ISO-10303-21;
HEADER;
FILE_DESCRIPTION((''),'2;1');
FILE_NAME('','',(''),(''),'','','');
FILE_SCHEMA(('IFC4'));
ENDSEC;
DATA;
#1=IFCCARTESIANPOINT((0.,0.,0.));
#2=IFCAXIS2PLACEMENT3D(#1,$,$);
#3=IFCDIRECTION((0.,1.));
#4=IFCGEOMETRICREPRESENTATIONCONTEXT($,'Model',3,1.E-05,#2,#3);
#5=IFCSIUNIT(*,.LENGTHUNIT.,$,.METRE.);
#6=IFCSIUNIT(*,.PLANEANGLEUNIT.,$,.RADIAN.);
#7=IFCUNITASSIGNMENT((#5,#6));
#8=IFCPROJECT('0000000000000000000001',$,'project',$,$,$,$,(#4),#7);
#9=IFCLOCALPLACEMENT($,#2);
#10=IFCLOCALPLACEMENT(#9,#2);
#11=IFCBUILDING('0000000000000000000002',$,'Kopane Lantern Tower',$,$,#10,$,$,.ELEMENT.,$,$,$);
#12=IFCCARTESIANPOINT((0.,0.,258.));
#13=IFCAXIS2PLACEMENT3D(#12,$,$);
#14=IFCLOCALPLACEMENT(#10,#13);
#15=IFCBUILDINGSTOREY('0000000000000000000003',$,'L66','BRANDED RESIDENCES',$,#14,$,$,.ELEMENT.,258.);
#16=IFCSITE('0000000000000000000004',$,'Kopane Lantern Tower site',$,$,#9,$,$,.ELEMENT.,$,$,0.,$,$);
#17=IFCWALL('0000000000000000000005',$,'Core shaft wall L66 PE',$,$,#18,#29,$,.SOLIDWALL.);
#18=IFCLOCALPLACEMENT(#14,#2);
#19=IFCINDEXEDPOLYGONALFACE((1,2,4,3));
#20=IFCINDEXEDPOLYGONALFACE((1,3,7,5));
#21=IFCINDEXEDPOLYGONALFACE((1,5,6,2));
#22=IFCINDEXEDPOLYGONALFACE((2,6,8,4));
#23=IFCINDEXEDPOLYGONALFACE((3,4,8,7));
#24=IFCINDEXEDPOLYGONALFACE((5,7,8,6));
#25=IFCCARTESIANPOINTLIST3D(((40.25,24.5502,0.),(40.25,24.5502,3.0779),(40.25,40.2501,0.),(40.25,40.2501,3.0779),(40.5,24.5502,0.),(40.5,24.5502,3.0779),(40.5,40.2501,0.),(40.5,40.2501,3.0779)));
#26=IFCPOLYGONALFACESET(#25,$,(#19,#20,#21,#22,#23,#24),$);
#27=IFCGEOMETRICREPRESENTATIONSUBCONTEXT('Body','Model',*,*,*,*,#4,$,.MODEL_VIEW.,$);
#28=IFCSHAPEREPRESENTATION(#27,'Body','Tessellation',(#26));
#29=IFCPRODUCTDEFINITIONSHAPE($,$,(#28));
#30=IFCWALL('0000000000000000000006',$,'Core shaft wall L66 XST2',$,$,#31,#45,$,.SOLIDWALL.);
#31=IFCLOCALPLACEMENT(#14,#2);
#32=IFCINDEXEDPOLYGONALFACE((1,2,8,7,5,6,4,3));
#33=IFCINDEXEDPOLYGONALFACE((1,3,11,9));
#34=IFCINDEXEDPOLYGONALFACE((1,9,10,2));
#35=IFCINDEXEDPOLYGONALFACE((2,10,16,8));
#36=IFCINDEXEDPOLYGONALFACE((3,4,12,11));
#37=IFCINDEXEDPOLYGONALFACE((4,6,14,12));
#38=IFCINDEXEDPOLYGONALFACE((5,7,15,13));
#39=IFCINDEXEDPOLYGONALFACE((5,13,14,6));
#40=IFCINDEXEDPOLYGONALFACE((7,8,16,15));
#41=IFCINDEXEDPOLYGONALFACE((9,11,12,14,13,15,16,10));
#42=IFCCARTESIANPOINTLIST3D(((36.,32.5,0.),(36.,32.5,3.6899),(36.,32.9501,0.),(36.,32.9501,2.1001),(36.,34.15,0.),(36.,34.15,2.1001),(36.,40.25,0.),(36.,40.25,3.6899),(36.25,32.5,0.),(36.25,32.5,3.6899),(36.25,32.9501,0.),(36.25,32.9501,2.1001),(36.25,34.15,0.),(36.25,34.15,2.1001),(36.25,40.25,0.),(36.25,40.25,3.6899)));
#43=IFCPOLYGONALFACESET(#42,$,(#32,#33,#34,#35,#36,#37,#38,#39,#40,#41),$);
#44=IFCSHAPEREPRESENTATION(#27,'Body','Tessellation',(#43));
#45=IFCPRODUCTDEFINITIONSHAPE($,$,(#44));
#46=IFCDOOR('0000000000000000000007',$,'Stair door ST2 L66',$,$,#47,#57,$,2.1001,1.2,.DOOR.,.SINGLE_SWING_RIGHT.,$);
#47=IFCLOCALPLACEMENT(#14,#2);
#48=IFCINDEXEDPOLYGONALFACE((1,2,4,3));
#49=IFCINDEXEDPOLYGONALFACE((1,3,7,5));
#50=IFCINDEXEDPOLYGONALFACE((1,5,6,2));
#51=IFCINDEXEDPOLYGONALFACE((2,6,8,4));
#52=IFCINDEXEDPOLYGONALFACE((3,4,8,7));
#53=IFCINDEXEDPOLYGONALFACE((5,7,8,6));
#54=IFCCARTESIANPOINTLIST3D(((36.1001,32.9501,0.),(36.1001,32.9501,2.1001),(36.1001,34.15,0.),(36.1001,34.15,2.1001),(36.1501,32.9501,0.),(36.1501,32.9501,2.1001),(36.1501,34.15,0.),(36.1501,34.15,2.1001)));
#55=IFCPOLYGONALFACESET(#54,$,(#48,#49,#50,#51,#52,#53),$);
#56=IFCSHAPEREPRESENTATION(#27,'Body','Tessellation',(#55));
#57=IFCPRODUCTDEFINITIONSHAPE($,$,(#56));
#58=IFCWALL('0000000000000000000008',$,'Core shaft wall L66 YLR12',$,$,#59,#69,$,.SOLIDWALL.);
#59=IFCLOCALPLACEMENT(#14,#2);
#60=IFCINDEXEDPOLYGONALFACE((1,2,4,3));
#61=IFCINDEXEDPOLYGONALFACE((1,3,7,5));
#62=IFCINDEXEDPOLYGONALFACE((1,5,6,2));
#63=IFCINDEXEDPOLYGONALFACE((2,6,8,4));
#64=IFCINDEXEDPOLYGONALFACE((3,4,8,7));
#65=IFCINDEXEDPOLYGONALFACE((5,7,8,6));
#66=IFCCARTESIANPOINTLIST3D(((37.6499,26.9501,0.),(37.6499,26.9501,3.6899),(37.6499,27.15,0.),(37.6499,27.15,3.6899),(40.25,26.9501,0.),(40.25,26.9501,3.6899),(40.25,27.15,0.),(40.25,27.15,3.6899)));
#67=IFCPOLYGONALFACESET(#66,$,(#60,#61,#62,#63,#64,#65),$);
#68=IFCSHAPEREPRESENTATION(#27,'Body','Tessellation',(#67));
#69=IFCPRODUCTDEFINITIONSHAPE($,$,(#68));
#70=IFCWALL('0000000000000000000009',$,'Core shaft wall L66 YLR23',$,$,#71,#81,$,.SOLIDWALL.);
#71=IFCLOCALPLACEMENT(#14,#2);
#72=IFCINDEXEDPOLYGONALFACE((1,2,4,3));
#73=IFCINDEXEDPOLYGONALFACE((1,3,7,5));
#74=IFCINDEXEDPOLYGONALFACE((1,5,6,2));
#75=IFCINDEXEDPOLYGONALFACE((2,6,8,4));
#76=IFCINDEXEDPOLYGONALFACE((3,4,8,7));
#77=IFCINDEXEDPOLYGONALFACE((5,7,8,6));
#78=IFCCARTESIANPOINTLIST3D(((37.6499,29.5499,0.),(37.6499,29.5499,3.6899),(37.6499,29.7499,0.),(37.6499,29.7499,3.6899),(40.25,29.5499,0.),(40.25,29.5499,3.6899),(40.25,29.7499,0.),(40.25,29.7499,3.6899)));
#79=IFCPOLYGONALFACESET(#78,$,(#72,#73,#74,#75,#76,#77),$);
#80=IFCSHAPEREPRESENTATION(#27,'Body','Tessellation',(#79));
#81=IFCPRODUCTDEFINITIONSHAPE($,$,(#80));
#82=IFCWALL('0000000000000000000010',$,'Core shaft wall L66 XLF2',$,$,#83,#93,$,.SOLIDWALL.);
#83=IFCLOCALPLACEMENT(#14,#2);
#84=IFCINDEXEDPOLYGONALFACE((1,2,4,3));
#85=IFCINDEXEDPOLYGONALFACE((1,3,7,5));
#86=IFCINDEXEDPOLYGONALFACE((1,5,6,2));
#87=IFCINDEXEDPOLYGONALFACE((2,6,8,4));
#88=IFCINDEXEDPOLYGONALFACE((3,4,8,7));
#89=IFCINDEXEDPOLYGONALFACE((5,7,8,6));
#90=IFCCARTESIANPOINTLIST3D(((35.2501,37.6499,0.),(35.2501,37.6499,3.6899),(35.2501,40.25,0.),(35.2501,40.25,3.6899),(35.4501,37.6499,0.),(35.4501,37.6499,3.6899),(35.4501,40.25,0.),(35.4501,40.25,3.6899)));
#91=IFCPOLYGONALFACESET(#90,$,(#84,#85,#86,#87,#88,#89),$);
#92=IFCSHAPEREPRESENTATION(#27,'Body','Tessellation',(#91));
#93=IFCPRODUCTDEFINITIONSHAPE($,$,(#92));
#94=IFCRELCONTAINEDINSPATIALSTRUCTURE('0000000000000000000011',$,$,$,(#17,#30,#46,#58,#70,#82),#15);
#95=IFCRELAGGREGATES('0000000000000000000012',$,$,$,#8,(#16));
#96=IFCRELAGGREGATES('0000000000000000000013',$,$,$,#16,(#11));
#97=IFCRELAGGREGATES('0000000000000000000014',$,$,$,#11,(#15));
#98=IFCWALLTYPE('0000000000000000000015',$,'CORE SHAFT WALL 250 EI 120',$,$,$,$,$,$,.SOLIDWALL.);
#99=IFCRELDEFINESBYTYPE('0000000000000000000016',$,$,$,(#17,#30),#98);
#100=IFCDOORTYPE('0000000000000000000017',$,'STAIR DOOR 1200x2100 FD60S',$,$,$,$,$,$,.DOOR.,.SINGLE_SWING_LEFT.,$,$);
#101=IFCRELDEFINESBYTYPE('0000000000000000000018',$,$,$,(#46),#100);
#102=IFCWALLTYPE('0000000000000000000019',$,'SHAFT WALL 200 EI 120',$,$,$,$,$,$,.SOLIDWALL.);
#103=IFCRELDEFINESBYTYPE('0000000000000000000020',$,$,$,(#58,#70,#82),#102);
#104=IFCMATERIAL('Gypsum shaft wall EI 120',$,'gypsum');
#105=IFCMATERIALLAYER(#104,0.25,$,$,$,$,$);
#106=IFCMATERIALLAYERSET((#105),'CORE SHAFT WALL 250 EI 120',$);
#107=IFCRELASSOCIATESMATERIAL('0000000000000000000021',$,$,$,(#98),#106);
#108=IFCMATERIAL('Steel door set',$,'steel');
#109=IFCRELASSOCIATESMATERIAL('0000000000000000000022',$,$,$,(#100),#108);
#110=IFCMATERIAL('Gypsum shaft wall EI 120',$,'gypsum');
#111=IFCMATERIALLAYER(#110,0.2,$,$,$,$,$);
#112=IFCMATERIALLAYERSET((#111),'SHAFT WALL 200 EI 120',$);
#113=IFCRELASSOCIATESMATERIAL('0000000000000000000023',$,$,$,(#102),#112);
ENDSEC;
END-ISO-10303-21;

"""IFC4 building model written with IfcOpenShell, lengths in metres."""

from ifc_helpers import new_model, si_unit, direction, frame, frame_2d, origin, place, context, subcontext, project, spatial, rectangle, extrude, material, layer, layer_set, type_object, element, fill, save


model = new_model("IFC4")

# Units and contexts
model_context = context("Model", 3, precision=1e-05, world=origin(), true_north=direction((0.0, 1.0)))
body_context = subcontext(model_context, "Body", "Model", "MODEL_VIEW")
ifc_project = project(units=[si_unit("LENGTHUNIT", "METRE"), si_unit("PLANEANGLEUNIT", "RADIAN")], contexts=[model_context])

# Site, building, storey
site_placement = place(None, origin())
site = spatial("IfcSite", under=ifc_project, at=site_placement, Name="Kopane Lantern Tower site", CompositionType="ELEMENT", RefElevation=0.0)
building_placement = place(site_placement, origin())
building = spatial("IfcBuilding", under=site, at=building_placement, Name="Kopane Lantern Tower", CompositionType="ELEMENT")
storey_placement = place(building_placement, frame((0.0, 0.0, 258.0)))
storey = spatial("IfcBuildingStorey", under=building, at=storey_placement, Name="L66", Description="BRANDED RESIDENCES", CompositionType="ELEMENT", Elevation=258.0)

# Wall
ifc_material_1 = material(Name="Gypsum shaft wall EI 120", Category="gypsum")
ifc_layer_1 = layer(ifc_material_1, 0.25)
ifc_layer_set_1 = layer_set([ifc_layer_1], Name="CORE SHAFT WALL 250 EI 120")
wall_type_1 = type_object("IfcWallType", Name="CORE SHAFT WALL 250 EI 120", PredefinedType="SOLIDWALL", material=ifc_layer_set_1)
wall_1_placement = place(storey_placement, frame((40.375, 24.55, 0.0), z_axis=(0.0, 0.0, 1.0), x_axis=(0.0, 1.0, 0.0)))
element("IfcWall", 1, at=wall_1_placement, inside=storey, type_object=wall_type_1, Name="Core shaft wall L66 PE", PredefinedType="SOLIDWALL", context=body_context, shape_type="SweptSolid", body=[
    extrude(rectangle(XDim=15.7, YDim=0.25, at=frame_2d((7.8501, 0.0))), origin(), (0.0, 0.0, 1.0), 3.0779),
])

# Wall, opening, door
wall_2_placement = place(storey_placement, frame((36.125, 32.5, 0.0), z_axis=(0.0, 0.0, 1.0), x_axis=(0.0, 1.0, 0.0)))
wall_2 = element("IfcWall", 2, at=wall_2_placement, inside=storey, type_object=wall_type_1, Name="Core shaft wall L66 XST2", PredefinedType="SOLIDWALL", context=body_context, shape_type="SweptSolid", body=[
    extrude(rectangle(XDim=7.75, YDim=0.25, at=frame_2d((3.875, 0.0))), origin(), (0.0, 0.0, 1.0), 3.6899),
])
opening_1_placement = place(wall_2_placement, frame((0.45, 0.0, 0.0)))
opening_1 = element("IfcOpeningElement", 3, at=opening_1_placement, cuts=wall_2, PredefinedType="OPENING", context=body_context, shape_type="SweptSolid", body=[
    extrude(rectangle(XDim=1.2, YDim=2.1001, at=frame_2d((0.6001, 1.05))), frame((0.0, 0.135, 0.0), z_axis=(0.0, -1.0, 0.0), x_axis=(1.0, 0.0, 0.0)), (0.0, 0.0, 1.0), 0.27),
])
ifc_material_2 = material(Name="Steel door set", Category="steel")
door_type_1 = type_object("IfcDoorType", Name="STAIR DOOR 1200x2100 FD60S", OperationType="SINGLE_SWING_LEFT", PredefinedType="DOOR", material=ifc_material_2)
door_1_placement = place(opening_1_placement, origin())
door_1 = element("IfcDoor", 4, at=door_1_placement, inside=storey, type_object=door_type_1, Name="Stair door ST2 L66", OperationType="SINGLE_SWING_RIGHT", OverallHeight=2.1001, OverallWidth=1.2, PredefinedType="DOOR", context=body_context, shape_type="SweptSolid", body=[
    extrude(rectangle(XDim=1.2, YDim=2.1001, at=frame_2d((0.6001, 1.05))), frame((0.0, 0.0249, 0.0), z_axis=(0.0, -1.0, 0.0), x_axis=(1.0, 0.0, 0.0)), (0.0, 0.0, 1.0), 0.05),
])
fill(opening_1, door_1)

# Walls
ifc_material_3 = material(Name="Gypsum shaft wall EI 120", Category="gypsum")
ifc_layer_2 = layer(ifc_material_3, 0.2)
ifc_layer_set_2 = layer_set([ifc_layer_2], Name="SHAFT WALL 200 EI 120")
wall_type_2 = type_object("IfcWallType", Name="SHAFT WALL 200 EI 120", PredefinedType="SOLIDWALL", material=ifc_layer_set_2)
for number, where, z_axis, x_axis, name in (
    (5, (37.6499, 27.05, 0.0), (0.0, 0.0, 1.0), (1.0, 0.0, 0.0), "Core shaft wall L66 YLR12"),
    (6, (37.6499, 29.6499, 0.0), (0.0, 0.0, 1.0), (1.0, 0.0, 0.0), "Core shaft wall L66 YLR23"),
    (7, (35.3501, 37.6499, 0.0), (0.0, 0.0, 1.0), (0.0, 1.0, 0.0), "Core shaft wall L66 XLF2"),
):
    element("IfcWall", number, at=place(storey_placement, frame(where, z_axis=z_axis, x_axis=x_axis)), inside=storey, type_object=wall_type_2, Name=name, PredefinedType="SOLIDWALL", context=body_context, shape_type="SweptSolid", body=[
        extrude(rectangle(XDim=2.6001, YDim=0.2, at=frame_2d((1.3, 0.0))), origin(), (0.0, 0.0, 1.0), 3.6899),
    ])

save(model, "model.ifc")
